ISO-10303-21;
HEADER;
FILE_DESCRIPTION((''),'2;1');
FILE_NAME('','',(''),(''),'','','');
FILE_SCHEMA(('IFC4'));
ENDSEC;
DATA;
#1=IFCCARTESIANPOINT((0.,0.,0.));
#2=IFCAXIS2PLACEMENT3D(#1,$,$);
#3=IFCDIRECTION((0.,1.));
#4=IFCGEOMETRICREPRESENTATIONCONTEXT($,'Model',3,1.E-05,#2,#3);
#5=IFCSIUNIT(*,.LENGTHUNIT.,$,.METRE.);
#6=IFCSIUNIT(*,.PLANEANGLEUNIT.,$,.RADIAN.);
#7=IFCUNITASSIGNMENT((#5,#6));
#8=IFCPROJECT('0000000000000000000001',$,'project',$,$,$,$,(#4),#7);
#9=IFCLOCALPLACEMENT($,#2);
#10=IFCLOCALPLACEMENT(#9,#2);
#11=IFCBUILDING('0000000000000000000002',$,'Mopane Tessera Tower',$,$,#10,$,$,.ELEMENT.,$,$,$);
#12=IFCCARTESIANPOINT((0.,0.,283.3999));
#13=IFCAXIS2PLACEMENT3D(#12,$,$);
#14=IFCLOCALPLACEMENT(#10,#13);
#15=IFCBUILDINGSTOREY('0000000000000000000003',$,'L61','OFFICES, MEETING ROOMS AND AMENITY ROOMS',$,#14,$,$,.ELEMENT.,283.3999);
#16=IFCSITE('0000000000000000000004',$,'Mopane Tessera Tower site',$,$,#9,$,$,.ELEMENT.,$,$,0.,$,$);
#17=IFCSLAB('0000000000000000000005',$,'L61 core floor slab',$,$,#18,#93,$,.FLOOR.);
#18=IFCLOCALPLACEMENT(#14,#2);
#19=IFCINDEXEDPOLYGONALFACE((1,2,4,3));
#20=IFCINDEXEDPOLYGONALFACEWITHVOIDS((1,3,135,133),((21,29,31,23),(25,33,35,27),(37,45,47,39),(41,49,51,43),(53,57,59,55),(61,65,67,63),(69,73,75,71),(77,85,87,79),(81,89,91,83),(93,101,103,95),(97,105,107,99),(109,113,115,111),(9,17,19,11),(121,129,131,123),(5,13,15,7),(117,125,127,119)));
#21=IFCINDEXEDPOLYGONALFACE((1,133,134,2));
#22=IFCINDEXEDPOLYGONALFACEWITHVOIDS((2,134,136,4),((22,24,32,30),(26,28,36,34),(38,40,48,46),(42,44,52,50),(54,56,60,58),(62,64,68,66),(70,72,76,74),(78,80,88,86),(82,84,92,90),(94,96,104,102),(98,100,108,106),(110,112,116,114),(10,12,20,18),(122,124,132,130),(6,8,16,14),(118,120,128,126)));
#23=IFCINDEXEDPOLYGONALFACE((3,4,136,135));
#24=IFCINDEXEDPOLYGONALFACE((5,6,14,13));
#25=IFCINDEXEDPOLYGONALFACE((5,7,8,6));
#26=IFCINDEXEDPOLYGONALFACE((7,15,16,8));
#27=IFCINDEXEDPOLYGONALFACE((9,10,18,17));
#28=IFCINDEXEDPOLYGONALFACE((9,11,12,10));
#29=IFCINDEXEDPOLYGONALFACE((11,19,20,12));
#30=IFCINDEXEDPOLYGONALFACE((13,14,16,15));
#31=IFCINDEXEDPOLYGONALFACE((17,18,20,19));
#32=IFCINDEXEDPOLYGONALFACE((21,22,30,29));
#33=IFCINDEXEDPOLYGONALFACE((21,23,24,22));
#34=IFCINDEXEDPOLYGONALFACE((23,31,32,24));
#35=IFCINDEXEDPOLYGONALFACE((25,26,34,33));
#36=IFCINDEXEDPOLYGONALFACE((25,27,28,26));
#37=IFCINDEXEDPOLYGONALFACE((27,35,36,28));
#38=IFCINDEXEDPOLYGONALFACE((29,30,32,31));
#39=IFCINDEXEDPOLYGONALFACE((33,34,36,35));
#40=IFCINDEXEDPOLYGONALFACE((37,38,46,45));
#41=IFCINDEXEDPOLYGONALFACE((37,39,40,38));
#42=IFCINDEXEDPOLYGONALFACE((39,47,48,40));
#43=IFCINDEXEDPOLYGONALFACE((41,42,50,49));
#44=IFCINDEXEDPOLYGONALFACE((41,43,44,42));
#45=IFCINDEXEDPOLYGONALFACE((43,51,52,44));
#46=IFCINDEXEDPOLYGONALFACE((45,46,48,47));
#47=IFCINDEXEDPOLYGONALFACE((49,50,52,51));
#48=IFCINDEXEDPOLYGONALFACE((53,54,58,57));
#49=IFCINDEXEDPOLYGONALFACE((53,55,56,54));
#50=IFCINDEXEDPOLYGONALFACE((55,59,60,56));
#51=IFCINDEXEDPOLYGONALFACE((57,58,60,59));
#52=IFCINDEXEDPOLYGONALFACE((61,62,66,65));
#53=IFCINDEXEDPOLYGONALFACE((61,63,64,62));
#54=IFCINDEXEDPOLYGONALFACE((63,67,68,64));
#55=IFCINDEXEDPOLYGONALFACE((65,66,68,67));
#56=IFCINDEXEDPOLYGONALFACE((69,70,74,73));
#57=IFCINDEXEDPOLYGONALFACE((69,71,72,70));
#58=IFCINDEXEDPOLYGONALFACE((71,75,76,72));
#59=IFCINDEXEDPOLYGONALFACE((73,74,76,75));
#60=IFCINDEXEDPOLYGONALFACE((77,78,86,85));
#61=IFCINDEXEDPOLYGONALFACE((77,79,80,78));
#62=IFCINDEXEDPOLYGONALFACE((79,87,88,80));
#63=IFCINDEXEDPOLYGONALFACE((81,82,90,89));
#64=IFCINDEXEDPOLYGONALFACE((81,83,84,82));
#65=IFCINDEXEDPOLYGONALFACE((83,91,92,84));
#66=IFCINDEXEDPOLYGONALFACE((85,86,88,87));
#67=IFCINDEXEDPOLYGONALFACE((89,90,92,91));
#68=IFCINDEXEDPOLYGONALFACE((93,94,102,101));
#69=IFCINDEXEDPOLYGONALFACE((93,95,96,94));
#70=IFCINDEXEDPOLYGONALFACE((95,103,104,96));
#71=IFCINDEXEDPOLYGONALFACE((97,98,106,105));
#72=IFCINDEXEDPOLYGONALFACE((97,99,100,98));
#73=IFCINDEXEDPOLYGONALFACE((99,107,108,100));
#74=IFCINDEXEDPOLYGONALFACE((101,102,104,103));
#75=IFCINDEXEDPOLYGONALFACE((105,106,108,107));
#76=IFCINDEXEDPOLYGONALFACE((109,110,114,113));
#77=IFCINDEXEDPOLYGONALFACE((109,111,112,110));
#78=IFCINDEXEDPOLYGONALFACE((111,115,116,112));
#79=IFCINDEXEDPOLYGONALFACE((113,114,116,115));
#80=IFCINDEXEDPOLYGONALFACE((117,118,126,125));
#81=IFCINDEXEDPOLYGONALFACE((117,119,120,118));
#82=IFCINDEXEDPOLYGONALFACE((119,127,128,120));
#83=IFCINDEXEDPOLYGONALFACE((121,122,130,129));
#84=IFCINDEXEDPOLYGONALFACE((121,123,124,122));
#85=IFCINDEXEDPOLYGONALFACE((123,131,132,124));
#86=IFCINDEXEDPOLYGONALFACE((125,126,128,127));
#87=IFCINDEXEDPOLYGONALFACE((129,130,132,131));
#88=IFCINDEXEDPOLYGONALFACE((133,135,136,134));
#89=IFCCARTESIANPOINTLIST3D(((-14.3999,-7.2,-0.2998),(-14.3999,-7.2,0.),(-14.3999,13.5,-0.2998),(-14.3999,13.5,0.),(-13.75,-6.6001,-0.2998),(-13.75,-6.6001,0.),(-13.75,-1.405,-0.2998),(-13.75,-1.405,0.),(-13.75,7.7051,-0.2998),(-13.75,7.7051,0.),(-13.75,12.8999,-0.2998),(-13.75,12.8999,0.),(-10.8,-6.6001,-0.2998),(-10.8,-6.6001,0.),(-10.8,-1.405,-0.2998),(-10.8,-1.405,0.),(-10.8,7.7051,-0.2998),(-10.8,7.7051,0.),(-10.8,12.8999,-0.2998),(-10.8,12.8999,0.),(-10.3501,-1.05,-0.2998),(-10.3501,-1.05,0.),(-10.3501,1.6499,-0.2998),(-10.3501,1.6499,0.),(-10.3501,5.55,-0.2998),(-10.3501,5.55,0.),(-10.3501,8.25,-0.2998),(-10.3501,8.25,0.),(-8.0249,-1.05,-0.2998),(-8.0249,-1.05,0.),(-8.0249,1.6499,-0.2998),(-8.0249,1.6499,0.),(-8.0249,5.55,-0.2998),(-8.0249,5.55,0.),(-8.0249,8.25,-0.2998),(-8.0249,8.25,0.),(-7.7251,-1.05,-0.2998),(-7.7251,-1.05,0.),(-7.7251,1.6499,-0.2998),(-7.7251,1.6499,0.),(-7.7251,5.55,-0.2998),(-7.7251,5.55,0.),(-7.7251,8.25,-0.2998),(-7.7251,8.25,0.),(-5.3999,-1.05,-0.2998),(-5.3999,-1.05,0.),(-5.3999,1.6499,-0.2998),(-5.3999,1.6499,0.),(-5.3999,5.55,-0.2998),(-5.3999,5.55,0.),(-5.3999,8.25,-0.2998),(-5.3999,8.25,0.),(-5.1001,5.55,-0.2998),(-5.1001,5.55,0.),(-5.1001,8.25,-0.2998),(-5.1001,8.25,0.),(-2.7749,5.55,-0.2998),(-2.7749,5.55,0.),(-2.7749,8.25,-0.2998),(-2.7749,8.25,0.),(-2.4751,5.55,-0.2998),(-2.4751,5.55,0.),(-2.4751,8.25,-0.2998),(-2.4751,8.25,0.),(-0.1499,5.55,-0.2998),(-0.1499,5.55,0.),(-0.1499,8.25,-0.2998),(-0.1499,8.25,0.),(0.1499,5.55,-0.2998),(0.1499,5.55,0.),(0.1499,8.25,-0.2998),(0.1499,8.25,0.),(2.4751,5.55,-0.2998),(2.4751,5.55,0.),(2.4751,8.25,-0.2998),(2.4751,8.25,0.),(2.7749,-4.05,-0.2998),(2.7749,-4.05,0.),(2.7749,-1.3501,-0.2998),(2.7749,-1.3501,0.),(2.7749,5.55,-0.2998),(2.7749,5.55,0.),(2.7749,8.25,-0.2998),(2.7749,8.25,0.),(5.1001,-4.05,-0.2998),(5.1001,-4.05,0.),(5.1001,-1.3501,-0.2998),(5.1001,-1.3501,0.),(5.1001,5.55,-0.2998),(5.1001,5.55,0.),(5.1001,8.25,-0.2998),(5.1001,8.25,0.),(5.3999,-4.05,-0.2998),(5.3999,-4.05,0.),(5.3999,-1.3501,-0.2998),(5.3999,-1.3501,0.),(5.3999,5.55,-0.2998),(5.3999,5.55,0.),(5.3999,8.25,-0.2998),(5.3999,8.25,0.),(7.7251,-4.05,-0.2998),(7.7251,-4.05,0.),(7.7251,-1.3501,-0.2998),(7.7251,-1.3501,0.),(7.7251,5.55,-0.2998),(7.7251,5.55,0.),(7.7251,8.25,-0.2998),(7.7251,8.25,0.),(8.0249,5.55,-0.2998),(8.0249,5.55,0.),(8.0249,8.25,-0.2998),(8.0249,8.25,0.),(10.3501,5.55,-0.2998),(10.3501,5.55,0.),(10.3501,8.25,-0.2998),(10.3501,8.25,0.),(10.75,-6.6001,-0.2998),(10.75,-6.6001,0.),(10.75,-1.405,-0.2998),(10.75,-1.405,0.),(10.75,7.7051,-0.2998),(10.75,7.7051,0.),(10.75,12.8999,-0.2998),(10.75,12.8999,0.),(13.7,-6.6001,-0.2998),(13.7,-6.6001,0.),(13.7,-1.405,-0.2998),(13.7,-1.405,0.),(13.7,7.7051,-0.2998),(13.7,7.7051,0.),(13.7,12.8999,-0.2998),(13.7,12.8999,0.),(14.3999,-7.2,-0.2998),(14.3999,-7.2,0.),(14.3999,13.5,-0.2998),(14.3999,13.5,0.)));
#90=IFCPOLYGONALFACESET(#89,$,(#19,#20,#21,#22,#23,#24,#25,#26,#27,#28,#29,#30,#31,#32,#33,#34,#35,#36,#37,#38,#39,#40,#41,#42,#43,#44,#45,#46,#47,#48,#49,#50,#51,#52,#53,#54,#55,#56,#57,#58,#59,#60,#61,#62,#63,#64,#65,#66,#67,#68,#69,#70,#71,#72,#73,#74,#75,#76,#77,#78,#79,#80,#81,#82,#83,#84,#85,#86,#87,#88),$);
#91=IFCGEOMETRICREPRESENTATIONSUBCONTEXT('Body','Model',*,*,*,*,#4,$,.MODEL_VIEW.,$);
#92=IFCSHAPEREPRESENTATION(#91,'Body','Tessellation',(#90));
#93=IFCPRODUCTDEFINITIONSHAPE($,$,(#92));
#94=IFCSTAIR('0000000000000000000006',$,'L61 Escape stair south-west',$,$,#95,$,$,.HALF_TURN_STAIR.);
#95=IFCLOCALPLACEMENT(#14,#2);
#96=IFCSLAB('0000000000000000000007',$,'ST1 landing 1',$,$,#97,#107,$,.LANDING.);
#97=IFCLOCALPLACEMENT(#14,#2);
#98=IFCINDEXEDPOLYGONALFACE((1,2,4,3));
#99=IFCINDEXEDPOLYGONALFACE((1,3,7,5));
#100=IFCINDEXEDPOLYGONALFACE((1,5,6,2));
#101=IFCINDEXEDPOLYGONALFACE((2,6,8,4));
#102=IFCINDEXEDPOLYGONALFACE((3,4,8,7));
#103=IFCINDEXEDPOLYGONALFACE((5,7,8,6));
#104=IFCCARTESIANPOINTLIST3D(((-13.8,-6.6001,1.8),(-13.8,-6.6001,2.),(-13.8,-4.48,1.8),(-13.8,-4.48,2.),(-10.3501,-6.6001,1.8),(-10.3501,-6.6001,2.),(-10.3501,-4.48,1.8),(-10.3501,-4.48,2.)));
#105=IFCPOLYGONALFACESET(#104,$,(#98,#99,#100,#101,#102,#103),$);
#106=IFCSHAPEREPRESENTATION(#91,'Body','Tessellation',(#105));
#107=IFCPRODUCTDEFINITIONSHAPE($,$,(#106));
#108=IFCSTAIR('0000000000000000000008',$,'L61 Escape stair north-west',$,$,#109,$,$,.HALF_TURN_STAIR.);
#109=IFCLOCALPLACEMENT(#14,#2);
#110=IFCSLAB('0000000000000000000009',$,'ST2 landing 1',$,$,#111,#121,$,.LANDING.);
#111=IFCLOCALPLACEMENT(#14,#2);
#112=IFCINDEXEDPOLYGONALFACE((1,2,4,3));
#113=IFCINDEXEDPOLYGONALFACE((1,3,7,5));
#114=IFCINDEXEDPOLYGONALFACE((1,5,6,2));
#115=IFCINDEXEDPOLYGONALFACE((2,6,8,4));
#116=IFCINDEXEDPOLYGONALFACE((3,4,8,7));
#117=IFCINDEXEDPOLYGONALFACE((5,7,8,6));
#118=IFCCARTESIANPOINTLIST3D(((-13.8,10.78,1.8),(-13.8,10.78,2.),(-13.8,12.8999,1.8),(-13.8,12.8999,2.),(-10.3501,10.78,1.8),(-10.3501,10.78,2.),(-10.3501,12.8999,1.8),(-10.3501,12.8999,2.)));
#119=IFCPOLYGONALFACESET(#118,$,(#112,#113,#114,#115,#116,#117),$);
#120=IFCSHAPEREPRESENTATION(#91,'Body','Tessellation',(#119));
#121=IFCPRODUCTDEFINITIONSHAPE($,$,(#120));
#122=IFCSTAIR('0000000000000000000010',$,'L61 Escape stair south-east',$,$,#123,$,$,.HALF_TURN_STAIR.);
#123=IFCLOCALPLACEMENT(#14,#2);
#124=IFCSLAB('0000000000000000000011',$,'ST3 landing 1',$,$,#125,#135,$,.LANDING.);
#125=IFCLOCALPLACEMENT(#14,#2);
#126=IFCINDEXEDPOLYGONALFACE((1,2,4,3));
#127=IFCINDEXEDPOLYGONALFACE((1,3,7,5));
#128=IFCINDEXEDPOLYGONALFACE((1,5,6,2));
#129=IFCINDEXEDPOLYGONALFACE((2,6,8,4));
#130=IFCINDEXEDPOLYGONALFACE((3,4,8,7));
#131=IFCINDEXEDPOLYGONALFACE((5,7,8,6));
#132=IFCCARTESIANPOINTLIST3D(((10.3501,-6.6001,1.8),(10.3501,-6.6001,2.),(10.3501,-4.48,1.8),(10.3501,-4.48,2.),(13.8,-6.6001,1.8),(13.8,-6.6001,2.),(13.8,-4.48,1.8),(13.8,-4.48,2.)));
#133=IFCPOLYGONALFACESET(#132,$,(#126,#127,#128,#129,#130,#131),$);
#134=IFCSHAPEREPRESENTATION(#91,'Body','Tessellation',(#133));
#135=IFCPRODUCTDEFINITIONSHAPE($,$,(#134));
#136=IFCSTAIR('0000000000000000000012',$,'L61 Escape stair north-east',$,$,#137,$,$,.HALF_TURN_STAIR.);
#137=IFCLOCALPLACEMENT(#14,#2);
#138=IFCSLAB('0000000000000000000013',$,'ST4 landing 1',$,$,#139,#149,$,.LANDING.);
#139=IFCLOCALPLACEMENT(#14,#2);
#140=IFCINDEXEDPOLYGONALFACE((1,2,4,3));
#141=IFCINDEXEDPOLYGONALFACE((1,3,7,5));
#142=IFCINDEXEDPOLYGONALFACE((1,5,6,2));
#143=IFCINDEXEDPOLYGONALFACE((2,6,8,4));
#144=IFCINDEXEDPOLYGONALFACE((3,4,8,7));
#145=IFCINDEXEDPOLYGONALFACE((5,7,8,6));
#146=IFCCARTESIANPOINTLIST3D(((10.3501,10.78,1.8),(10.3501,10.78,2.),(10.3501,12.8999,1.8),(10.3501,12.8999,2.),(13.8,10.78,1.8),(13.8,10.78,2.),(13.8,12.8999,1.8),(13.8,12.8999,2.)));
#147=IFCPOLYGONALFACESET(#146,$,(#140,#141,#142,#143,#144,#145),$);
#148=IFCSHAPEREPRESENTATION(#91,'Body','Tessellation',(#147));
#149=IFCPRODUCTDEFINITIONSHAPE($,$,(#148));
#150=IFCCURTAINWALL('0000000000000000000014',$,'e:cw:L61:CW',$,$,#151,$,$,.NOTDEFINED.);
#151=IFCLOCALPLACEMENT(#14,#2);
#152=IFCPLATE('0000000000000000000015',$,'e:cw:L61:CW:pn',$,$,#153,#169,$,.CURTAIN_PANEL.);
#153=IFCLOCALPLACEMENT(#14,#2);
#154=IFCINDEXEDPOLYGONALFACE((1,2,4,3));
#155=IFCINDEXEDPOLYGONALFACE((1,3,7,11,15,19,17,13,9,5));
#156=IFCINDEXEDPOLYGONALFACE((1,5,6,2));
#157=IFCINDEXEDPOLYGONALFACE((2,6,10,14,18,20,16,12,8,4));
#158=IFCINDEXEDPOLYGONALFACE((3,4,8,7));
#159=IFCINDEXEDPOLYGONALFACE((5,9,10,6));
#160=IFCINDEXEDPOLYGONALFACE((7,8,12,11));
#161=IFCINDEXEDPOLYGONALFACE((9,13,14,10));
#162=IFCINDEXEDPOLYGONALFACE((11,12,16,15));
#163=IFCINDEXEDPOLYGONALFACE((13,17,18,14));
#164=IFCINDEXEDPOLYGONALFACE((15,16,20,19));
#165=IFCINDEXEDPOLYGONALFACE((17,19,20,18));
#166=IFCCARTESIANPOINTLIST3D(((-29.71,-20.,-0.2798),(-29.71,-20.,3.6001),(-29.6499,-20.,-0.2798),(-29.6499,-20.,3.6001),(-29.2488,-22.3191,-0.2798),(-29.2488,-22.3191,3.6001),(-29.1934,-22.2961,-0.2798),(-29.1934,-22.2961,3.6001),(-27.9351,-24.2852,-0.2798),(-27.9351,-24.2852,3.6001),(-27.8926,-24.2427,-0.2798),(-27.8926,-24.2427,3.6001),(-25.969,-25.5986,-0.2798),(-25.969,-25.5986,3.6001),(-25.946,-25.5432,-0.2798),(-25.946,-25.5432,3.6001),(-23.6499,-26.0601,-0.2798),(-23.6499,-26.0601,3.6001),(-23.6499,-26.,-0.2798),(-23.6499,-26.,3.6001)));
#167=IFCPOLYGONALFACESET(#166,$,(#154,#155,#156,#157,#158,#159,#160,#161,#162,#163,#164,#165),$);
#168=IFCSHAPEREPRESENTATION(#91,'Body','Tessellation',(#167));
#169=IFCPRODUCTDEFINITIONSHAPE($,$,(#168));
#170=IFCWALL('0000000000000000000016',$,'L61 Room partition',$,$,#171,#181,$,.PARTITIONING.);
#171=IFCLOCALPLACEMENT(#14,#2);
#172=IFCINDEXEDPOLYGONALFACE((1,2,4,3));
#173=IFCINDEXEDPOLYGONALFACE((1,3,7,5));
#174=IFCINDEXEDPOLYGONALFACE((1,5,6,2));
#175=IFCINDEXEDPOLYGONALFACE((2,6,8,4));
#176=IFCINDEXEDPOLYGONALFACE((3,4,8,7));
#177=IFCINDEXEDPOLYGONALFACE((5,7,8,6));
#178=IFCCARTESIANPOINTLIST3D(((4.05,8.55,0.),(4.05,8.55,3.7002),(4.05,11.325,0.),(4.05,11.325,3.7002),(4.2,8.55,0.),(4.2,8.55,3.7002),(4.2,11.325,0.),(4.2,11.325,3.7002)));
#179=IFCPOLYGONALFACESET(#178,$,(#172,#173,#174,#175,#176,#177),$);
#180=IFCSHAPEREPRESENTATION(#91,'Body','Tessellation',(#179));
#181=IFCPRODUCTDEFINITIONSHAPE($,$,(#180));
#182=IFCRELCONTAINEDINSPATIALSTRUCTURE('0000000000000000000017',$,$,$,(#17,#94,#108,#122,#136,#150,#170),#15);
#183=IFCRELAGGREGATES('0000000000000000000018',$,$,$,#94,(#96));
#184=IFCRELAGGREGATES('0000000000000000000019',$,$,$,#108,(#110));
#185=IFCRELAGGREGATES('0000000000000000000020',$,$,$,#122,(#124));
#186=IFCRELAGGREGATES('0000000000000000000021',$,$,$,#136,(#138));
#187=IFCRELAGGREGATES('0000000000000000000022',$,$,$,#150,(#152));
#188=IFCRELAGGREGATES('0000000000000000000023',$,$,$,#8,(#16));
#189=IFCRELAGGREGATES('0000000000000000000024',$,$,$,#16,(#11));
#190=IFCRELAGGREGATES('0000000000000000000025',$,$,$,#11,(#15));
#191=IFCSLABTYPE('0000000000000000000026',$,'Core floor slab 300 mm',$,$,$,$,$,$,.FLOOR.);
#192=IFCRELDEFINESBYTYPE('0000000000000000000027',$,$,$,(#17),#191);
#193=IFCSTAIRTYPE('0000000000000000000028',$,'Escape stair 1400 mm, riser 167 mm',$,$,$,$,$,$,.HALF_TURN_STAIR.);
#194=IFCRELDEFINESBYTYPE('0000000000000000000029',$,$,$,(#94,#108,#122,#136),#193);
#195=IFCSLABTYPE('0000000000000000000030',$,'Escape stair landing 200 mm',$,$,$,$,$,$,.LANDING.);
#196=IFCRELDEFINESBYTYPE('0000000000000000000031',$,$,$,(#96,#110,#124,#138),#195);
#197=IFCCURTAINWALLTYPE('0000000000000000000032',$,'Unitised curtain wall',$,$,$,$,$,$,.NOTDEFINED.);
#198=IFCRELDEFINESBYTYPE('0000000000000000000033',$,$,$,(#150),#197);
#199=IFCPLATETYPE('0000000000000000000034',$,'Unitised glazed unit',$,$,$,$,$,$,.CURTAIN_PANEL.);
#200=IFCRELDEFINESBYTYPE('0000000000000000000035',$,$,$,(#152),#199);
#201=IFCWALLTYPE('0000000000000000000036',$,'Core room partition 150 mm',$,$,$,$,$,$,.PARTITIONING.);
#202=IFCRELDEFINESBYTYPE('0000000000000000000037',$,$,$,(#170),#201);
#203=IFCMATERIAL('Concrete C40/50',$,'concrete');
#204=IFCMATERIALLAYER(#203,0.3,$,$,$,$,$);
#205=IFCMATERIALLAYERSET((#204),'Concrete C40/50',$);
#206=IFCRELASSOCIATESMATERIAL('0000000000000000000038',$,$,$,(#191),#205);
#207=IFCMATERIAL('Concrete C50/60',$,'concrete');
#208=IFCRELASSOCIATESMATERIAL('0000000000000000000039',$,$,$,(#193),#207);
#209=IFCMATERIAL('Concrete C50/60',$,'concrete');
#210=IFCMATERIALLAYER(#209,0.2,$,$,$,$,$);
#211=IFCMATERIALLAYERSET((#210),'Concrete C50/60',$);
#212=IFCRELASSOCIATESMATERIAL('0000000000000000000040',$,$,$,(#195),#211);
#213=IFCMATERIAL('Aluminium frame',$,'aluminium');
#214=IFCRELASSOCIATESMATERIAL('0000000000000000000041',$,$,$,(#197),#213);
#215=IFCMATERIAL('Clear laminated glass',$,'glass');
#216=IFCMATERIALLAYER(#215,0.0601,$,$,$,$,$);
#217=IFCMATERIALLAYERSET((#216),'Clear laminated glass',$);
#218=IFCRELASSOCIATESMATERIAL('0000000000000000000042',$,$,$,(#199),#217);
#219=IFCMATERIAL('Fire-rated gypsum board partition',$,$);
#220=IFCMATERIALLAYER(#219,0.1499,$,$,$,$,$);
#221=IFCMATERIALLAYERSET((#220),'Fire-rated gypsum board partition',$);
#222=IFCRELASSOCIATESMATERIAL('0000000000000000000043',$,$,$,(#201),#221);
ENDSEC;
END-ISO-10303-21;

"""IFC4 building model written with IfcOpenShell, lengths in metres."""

from ifc_helpers import new_model, si_unit, direction, frame, frame_2d, origin, place, context, subcontext, project, spatial, polyline, rectangle, outline, extrude, material, layer, layer_set, type_object, element, aggregate, save


model = new_model("IFC4")

# Units and contexts
model_context = context("Model", 3, precision=1e-05, world=origin(), true_north=direction((0.0, 1.0)))
body_context = subcontext(model_context, "Body", "Model", "MODEL_VIEW")
ifc_project = project(units=[si_unit("LENGTHUNIT", "METRE"), si_unit("PLANEANGLEUNIT", "RADIAN")], contexts=[model_context])

# Site, building, storey
site_placement = place(None, origin())
site = spatial("IfcSite", under=ifc_project, at=site_placement, Name="Mopane Tessera Tower site", CompositionType="ELEMENT", RefElevation=0.0)
building_placement = place(site_placement, origin())
building = spatial("IfcBuilding", under=site, at=building_placement, Name="Mopane Tessera Tower", CompositionType="ELEMENT")
storey_placement = place(building_placement, frame((0.0, 0.0, 283.3999)))
storey = spatial("IfcBuildingStorey", under=building, at=storey_placement, Name="L61", Description="OFFICES, MEETING ROOMS AND AMENITY ROOMS", CompositionType="ELEMENT", Elevation=283.3999)

# Slab
ifc_material_1 = material(Name="Concrete C40/50", Category="concrete")
ifc_layer_1 = layer(ifc_material_1, 0.3)
ifc_layer_set_1 = layer_set([ifc_layer_1], Name="Concrete C40/50")
slab_type_1 = type_object("IfcSlabType", Name="Core floor slab 300 mm", PredefinedType="FLOOR", material=ifc_layer_set_1)
slab_1_placement = place(storey_placement, frame((0.0, 0.0, -0.2998)))
element("IfcSlab", 1, at=slab_1_placement, inside=storey, type_object=slab_type_1, Name="L61 core floor slab", PredefinedType="FLOOR", context=body_context, shape_type="SweptSolid", body=[
    extrude(outline(polyline([(-14.3999, -7.2), (14.3999, -7.2), (14.3999, 13.5), (-14.3999, 13.5), (-14.3999, -7.2)]), holes=[polyline([(-10.3501, -1.05), (-8.0249, -1.05), (-8.0249, 1.6499), (-10.3501, 1.6499), (-10.3501, -1.05)]), polyline([(-7.7251, -1.05), (-5.3999, -1.05), (-5.3999, 1.6499), (-7.7251, 1.6499), (-7.7251, -1.05)]), polyline([(-10.3501, 5.55), (-8.0249, 5.55), (-8.0249, 8.25), (-10.3501, 8.25), (-10.3501, 5.55)]), polyline([(-7.7251, 5.55), (-5.3999, 5.55), (-5.3999, 8.25), (-7.7251, 8.25), (-7.7251, 5.55)]), polyline([(-5.1001, 5.55), (-2.7749, 5.55), (-2.7749, 8.25), (-5.1001, 8.25), (-5.1001, 5.55)]), polyline([(-2.4751, 5.55), (-0.1499, 5.55), (-0.1499, 8.25), (-2.4751, 8.25), (-2.4751, 5.55)]), polyline([(0.1499, 5.55), (2.4751, 5.55), (2.4751, 8.25), (0.1499, 8.25), (0.1499, 5.55)]), polyline([(2.7749, 5.55), (5.1001, 5.55), (5.1001, 8.25), (2.7749, 8.25), (2.7749, 5.55)]), polyline([(5.3999, 5.55), (7.7251, 5.55), (7.7251, 8.25), (5.3999, 8.25), (5.3999, 5.55)]), polyline([(8.0249, 5.55), (10.3501, 5.55), (10.3501, 8.25), (8.0249, 8.25), (8.0249, 5.55)]), polyline([(2.7749, -4.05), (5.1001, -4.05), (5.1001, -1.3501), (2.7749, -1.3501), (2.7749, -4.05)]), polyline([(5.3999, -4.05), (7.7251, -4.05), (7.7251, -1.3501), (5.3999, -1.3501), (5.3999, -4.05)]), polyline([(-13.75, -1.405), (-13.75, -6.6001), (-10.8, -6.6001), (-10.8, -1.405), (-13.75, -1.405)]), polyline([(-10.8, 7.7051), (-10.8, 12.8999), (-13.75, 12.8999), (-13.75, 7.7051), (-10.8, 7.7051)]), polyline([(10.75, -1.405), (10.75, -6.6001), (13.7, -6.6001), (13.7, -1.405), (10.75, -1.405)]), polyline([(13.7, 7.7051), (13.7, 12.8999), (10.75, 12.8999), (10.75, 7.7051), (13.7, 7.7051)])]), origin(), (0.0, 0.0, 1.0), 0.2998),
])

# Stairs, slabs
ifc_material_2 = material(Name="Concrete C50/60", Category="concrete")
stair_type = type_object("IfcStairType", Name="Escape stair 1400 mm, riser 167 mm", PredefinedType="HALF_TURN_STAIR", material=ifc_material_2)
stair_1_placement = place(storey_placement, origin())
stair_1 = element("IfcStair", 2, at=stair_1_placement, inside=storey, type_object=stair_type, Name="L61 Escape stair south-west", PredefinedType="HALF_TURN_STAIR")
ifc_material_3 = material(Name="Concrete C50/60", Category="concrete")
ifc_layer_2 = layer(ifc_material_3, 0.2)
ifc_layer_set_2 = layer_set([ifc_layer_2], Name="Concrete C50/60")
slab_type_2 = type_object("IfcSlabType", Name="Escape stair landing 200 mm", PredefinedType="LANDING", material=ifc_layer_set_2)
slab_2_placement = place(storey_placement, frame((0.0, 0.0, 1.8)))
slab_2 = element("IfcSlab", 3, at=slab_2_placement, type_object=slab_type_2, Name="ST1 landing 1", PredefinedType="LANDING", context=body_context, shape_type="SweptSolid", body=[
    extrude(outline(polyline([(-13.8, -4.48), (-13.8, -6.6001), (-10.3501, -6.6001), (-10.3501, -4.48), (-13.8, -4.48)])), origin(), (0.0, 0.0, 1.0), 0.2),
])
aggregate(stair_1, [slab_2])
stair_2_placement = place(storey_placement, origin())
stair_2 = element("IfcStair", 4, at=stair_2_placement, inside=storey, type_object=stair_type, Name="L61 Escape stair north-west", PredefinedType="HALF_TURN_STAIR")
slab_3_placement = place(storey_placement, frame((0.0, 0.0, 1.8)))
slab_3 = element("IfcSlab", 5, at=slab_3_placement, type_object=slab_type_2, Name="ST2 landing 1", PredefinedType="LANDING", context=body_context, shape_type="SweptSolid", body=[
    extrude(outline(polyline([(-10.3501, 10.78), (-10.3501, 12.8999), (-13.8, 12.8999), (-13.8, 10.78), (-10.3501, 10.78)])), origin(), (0.0, 0.0, 1.0), 0.2),
])
aggregate(stair_2, [slab_3])
stair_3_placement = place(storey_placement, origin())
stair_3 = element("IfcStair", 6, at=stair_3_placement, inside=storey, type_object=stair_type, Name="L61 Escape stair south-east", PredefinedType="HALF_TURN_STAIR")
slab_4_placement = place(storey_placement, frame((0.0, 0.0, 1.8)))
slab_4 = element("IfcSlab", 7, at=slab_4_placement, type_object=slab_type_2, Name="ST3 landing 1", PredefinedType="LANDING", context=body_context, shape_type="SweptSolid", body=[
    extrude(outline(polyline([(10.3501, -4.48), (10.3501, -6.6001), (13.8, -6.6001), (13.8, -4.48), (10.3501, -4.48)])), origin(), (0.0, 0.0, 1.0), 0.2),
])
aggregate(stair_3, [slab_4])
stair_4_placement = place(storey_placement, origin())
stair_4 = element("IfcStair", 8, at=stair_4_placement, inside=storey, type_object=stair_type, Name="L61 Escape stair north-east", PredefinedType="HALF_TURN_STAIR")
slab_5_placement = place(storey_placement, frame((0.0, 0.0, 1.8)))
slab_5 = element("IfcSlab", 9, at=slab_5_placement, type_object=slab_type_2, Name="ST4 landing 1", PredefinedType="LANDING", context=body_context, shape_type="SweptSolid", body=[
    extrude(outline(polyline([(13.8, 10.78), (13.8, 12.8999), (10.3501, 12.8999), (10.3501, 10.78), (13.8, 10.78)])), origin(), (0.0, 0.0, 1.0), 0.2),
])
aggregate(stair_4, [slab_5])

# Curtain wall, plate
ifc_material_4 = material(Name="Aluminium frame", Category="aluminium")
curtain_wall_type = type_object("IfcCurtainWallType", Name="Unitised curtain wall", PredefinedType="NOTDEFINED", material=ifc_material_4)
curtain_wall_placement = place(storey_placement, origin())
curtain_wall = element("IfcCurtainWall", 10, at=curtain_wall_placement, inside=storey, type_object=curtain_wall_type, Name="e:cw:L61:CW", PredefinedType="NOTDEFINED")
ifc_material_5 = material(Name="Clear laminated glass", Category="glass")
ifc_layer_3 = layer(ifc_material_5, 0.0601)
ifc_layer_set_3 = layer_set([ifc_layer_3], Name="Clear laminated glass")
plate_type = type_object("IfcPlateType", Name="Unitised glazed unit", PredefinedType="CURTAIN_PANEL", material=ifc_layer_set_3)
plate_placement = place(storey_placement, frame((0.0, 0.0, -0.2798)))
plate = element("IfcPlate", 11, at=plate_placement, type_object=plate_type, Name="e:cw:L61:CW:pn", PredefinedType="CURTAIN_PANEL", context=body_context, shape_type="SweptSolid", body=[
    extrude(outline(polyline([(-29.6499, -20.0), (-29.1934, -22.2961), (-27.8926, -24.2427), (-25.946, -25.5432), (-23.6499, -26.0), (-23.6499, -26.0601), (-25.969, -25.5986), (-27.9351, -24.2852), (-29.2488, -22.3191), (-29.71, -20.0), (-29.6499, -20.0)])), origin(), (0.0, 0.0, 1.0), 3.8799),
])
aggregate(curtain_wall, [plate])

# Wall
ifc_material_6 = material(Name="Fire-rated gypsum board partition")
ifc_layer_4 = layer(ifc_material_6, 0.1499)
ifc_layer_set_4 = layer_set([ifc_layer_4], Name="Fire-rated gypsum board partition")
wall_type_1 = type_object("IfcWallType", Name="Core room partition 150 mm", PredefinedType="PARTITIONING", material=ifc_layer_set_4)
wall_1_placement = place(storey_placement, frame((4.125, 8.55, 0.0), z_axis=(0.0, 0.0, 1.0), x_axis=(0.0, 1.0, 0.0)))
element("IfcWall", 12, at=wall_1_placement, inside=storey, type_object=wall_type_1, Name="L61 Room partition", PredefinedType="PARTITIONING", context=body_context, shape_type="SweptSolid", body=[
    extrude(rectangle(XDim=2.7749, YDim=0.1499, at=frame_2d((1.3875, 0.0))), origin(), (0.0, 0.0, 1.0), 3.7002),
])

save(model, "model.ifc")
